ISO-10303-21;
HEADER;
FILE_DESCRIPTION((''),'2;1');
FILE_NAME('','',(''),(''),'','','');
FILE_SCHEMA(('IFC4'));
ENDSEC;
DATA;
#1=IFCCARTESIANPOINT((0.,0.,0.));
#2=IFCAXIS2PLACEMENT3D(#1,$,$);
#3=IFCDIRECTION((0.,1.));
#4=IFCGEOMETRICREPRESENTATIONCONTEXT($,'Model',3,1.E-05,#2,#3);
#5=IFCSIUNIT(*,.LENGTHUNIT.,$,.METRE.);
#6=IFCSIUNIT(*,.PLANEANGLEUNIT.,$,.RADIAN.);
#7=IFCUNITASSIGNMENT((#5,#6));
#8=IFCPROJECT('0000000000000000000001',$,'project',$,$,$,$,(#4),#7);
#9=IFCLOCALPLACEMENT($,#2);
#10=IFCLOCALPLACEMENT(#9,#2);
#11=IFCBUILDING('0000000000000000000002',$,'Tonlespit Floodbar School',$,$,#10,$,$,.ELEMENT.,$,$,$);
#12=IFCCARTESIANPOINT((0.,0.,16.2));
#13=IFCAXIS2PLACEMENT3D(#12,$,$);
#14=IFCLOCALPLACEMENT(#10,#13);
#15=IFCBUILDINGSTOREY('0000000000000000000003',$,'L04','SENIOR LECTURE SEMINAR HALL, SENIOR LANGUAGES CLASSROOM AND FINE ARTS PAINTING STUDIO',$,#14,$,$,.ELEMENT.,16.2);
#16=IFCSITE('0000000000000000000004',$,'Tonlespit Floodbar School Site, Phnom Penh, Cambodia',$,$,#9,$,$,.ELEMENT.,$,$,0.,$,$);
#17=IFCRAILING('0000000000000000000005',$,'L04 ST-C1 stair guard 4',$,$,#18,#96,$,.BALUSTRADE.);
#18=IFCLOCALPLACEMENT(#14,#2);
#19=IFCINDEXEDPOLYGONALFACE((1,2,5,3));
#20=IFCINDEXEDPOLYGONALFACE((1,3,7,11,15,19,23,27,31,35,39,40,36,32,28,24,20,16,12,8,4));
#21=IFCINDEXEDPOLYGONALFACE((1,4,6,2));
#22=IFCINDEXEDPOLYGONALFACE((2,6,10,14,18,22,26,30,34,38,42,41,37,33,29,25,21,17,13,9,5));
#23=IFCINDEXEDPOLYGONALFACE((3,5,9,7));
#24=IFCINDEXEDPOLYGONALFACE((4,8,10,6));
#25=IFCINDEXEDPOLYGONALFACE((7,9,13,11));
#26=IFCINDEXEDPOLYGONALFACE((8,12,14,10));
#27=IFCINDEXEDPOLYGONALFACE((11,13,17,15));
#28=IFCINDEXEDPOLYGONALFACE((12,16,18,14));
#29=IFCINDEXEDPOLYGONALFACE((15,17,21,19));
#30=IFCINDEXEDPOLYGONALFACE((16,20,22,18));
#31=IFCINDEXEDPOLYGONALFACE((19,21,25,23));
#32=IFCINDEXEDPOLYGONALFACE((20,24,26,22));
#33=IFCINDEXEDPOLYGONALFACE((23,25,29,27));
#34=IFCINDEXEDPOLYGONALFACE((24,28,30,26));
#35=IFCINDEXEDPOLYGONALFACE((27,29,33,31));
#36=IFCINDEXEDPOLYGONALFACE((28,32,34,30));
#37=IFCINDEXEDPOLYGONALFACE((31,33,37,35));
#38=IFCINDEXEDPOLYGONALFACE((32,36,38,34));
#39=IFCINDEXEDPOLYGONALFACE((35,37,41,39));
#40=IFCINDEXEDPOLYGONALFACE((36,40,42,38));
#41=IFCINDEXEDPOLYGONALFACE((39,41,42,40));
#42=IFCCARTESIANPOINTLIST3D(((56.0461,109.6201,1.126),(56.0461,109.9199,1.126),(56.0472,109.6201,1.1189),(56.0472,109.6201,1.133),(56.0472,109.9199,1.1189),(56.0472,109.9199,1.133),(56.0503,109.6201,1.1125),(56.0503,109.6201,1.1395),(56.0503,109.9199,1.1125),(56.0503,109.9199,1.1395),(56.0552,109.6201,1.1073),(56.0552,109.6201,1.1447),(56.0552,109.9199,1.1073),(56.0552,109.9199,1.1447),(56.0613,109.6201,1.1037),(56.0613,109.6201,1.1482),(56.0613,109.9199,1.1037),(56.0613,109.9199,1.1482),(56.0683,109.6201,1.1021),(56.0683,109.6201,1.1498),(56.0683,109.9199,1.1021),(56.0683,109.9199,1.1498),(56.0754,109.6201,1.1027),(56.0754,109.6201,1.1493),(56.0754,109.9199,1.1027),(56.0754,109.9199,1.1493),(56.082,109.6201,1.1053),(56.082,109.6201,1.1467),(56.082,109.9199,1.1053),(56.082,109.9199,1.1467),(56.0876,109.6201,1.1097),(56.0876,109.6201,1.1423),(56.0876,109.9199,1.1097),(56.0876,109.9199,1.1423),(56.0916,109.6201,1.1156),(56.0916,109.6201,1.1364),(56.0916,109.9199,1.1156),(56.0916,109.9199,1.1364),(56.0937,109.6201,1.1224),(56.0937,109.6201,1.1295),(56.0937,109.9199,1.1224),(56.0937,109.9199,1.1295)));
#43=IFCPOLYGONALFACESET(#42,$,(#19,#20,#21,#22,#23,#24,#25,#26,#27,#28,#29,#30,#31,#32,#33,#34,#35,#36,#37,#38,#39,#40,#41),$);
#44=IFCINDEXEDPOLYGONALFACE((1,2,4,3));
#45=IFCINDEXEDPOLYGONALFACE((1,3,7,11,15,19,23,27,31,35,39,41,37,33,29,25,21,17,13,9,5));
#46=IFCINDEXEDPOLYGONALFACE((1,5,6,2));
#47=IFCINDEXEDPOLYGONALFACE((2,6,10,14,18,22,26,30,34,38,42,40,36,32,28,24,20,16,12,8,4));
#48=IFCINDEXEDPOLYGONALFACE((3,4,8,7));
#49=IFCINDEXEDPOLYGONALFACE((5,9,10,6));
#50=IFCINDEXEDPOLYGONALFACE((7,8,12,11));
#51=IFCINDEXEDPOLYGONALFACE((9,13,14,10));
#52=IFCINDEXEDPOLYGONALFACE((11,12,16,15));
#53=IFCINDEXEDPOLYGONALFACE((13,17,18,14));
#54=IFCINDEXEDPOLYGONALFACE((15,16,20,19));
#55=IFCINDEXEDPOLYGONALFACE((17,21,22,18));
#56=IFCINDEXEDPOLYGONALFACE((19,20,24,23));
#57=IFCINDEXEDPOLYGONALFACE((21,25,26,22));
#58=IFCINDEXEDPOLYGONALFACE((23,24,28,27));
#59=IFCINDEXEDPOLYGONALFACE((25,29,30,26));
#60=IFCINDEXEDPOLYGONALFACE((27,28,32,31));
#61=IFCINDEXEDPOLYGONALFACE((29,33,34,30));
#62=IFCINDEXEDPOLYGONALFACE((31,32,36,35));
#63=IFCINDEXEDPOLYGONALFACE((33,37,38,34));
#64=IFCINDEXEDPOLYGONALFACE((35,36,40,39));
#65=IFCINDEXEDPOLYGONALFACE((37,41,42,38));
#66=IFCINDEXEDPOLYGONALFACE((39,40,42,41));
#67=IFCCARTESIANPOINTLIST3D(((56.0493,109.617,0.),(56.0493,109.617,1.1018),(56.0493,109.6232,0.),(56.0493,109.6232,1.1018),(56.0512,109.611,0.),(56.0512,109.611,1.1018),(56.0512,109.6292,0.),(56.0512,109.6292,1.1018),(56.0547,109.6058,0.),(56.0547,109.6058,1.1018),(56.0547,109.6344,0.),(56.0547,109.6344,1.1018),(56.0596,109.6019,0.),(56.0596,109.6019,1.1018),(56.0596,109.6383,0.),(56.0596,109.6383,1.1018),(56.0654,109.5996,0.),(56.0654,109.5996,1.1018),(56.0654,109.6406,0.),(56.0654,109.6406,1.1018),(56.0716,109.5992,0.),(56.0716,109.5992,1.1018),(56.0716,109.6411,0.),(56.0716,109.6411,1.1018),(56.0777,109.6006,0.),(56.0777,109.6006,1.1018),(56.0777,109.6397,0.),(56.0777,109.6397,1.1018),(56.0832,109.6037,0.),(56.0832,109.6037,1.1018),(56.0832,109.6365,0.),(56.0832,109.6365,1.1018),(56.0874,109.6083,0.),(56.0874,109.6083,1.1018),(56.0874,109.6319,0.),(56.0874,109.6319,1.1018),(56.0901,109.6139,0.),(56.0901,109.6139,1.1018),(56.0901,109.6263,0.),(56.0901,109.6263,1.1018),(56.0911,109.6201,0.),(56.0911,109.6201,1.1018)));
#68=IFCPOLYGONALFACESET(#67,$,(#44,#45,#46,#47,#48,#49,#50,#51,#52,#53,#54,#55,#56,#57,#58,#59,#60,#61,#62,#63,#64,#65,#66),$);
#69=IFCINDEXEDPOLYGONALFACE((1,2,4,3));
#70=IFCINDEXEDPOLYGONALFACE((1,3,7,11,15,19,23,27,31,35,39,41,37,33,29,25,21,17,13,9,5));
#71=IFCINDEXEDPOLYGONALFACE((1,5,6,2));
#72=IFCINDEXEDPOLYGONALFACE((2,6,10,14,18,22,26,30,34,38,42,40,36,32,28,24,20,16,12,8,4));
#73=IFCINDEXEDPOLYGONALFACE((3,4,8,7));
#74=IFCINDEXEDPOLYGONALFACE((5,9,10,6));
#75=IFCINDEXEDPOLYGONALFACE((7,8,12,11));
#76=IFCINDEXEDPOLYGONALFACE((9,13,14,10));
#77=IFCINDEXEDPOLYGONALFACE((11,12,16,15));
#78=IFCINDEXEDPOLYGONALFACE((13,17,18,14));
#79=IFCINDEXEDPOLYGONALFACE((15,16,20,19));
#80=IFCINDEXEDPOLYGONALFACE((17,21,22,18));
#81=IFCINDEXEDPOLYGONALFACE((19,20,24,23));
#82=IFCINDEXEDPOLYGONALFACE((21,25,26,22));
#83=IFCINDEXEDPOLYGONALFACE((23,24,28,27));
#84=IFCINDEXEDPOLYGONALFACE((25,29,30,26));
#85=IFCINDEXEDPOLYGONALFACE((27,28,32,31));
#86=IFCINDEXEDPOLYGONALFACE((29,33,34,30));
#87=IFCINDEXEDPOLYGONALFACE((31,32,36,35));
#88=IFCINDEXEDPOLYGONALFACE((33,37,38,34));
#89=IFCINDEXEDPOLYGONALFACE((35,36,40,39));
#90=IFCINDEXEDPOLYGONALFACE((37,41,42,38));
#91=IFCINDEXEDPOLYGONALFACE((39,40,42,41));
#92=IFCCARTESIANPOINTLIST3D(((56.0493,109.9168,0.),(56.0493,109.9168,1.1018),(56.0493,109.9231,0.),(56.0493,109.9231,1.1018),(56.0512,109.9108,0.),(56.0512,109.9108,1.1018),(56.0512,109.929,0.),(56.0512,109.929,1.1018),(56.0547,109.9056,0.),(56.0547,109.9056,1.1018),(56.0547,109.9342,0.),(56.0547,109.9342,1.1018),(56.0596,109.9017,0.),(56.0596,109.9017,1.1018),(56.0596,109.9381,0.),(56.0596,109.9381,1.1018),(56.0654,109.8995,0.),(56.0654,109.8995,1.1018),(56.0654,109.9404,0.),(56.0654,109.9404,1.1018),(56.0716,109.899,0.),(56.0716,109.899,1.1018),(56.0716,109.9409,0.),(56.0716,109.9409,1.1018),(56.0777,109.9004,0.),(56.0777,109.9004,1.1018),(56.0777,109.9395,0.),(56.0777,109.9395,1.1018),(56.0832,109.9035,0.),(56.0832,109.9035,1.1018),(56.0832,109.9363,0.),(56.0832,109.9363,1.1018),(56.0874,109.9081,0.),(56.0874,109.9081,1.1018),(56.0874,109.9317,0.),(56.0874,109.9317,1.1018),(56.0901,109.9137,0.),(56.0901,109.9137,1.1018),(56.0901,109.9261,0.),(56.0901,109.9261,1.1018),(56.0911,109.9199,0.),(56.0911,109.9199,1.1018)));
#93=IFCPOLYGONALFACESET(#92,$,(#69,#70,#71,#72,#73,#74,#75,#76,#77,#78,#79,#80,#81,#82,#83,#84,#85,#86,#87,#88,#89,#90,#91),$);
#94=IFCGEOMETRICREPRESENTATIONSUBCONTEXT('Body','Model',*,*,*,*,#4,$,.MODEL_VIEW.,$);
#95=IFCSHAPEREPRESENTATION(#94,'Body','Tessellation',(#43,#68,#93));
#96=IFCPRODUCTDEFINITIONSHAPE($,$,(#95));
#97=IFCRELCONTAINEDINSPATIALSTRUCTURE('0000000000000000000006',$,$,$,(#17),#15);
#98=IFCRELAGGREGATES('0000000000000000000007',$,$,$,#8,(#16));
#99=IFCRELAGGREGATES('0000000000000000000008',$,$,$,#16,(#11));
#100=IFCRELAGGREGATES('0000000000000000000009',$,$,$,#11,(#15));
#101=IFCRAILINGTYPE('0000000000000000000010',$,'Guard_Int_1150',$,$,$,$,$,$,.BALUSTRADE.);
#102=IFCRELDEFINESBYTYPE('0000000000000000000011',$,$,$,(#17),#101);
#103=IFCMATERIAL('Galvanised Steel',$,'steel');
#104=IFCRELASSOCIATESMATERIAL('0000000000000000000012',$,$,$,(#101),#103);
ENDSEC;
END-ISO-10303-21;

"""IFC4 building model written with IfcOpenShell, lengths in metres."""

from ifc_helpers import new_model, si_unit, direction, frame, origin, origin_2d, place, context, subcontext, project, spatial, circle, extrude, material, type_object, element, save


model = new_model("IFC4")

# Units and contexts
model_context = context("Model", 3, precision=1e-05, world=origin(), true_north=direction((0.0, 1.0)))
body_context = subcontext(model_context, "Body", "Model", "MODEL_VIEW")
ifc_project = project(units=[si_unit("LENGTHUNIT", "METRE"), si_unit("PLANEANGLEUNIT", "RADIAN")], contexts=[model_context])

# Site, building, storey
site_placement = place(None, origin())
site = spatial("IfcSite", under=ifc_project, at=site_placement, Name="Tonlespit Floodbar School Site, Phnom Penh, Cambodia", CompositionType="ELEMENT", RefElevation=0.0)
building_placement = place(site_placement, origin())
building = spatial("IfcBuilding", under=site, at=building_placement, Name="Tonlespit Floodbar School", CompositionType="ELEMENT")
storey_placement = place(building_placement, frame((0.0, 0.0, 16.2)))
storey = spatial("IfcBuildingStorey", under=building, at=storey_placement, Name="L04", Description="SENIOR LECTURE SEMINAR HALL, SENIOR LANGUAGES CLASSROOM AND FINE ARTS PAINTING STUDIO", CompositionType="ELEMENT", Elevation=16.2)

# Shared definitions
ifc_material_1 = material(Name="Galvanised Steel", Category="steel")

# Railing
railing_type_1 = type_object("IfcRailingType", Name="Guard_Int_1150", PredefinedType="BALUSTRADE", material=ifc_material_1)
railing_1_placement = place(storey_placement, frame((56.0701, 109.6201, 0.0)))
element("IfcRailing", 1, at=railing_1_placement, inside=storey, type_object=railing_type_1, Name="L04 ST-C1 stair guard 4", PredefinedType="BALUSTRADE", context=body_context, shape_type="SweptSolid", body=[
    extrude(circle(Radius=0.0239, at=origin_2d()), frame((0.0, 0.0, 1.126), z_axis=(0.0, 1.0, 0.0), x_axis=(-1.0, 0.0, 0.0)), (0.0, 0.0, 1.0), 0.2998),
    extrude(circle(Radius=0.021, at=origin_2d()), origin(), (0.0, 0.0, 1.0), 1.1018),
    extrude(circle(Radius=0.021, at=origin_2d()), frame((0.0, 0.2998, 0.0)), (0.0, 0.0, 1.0), 1.1018),
])

save(model, "model.ifc")
